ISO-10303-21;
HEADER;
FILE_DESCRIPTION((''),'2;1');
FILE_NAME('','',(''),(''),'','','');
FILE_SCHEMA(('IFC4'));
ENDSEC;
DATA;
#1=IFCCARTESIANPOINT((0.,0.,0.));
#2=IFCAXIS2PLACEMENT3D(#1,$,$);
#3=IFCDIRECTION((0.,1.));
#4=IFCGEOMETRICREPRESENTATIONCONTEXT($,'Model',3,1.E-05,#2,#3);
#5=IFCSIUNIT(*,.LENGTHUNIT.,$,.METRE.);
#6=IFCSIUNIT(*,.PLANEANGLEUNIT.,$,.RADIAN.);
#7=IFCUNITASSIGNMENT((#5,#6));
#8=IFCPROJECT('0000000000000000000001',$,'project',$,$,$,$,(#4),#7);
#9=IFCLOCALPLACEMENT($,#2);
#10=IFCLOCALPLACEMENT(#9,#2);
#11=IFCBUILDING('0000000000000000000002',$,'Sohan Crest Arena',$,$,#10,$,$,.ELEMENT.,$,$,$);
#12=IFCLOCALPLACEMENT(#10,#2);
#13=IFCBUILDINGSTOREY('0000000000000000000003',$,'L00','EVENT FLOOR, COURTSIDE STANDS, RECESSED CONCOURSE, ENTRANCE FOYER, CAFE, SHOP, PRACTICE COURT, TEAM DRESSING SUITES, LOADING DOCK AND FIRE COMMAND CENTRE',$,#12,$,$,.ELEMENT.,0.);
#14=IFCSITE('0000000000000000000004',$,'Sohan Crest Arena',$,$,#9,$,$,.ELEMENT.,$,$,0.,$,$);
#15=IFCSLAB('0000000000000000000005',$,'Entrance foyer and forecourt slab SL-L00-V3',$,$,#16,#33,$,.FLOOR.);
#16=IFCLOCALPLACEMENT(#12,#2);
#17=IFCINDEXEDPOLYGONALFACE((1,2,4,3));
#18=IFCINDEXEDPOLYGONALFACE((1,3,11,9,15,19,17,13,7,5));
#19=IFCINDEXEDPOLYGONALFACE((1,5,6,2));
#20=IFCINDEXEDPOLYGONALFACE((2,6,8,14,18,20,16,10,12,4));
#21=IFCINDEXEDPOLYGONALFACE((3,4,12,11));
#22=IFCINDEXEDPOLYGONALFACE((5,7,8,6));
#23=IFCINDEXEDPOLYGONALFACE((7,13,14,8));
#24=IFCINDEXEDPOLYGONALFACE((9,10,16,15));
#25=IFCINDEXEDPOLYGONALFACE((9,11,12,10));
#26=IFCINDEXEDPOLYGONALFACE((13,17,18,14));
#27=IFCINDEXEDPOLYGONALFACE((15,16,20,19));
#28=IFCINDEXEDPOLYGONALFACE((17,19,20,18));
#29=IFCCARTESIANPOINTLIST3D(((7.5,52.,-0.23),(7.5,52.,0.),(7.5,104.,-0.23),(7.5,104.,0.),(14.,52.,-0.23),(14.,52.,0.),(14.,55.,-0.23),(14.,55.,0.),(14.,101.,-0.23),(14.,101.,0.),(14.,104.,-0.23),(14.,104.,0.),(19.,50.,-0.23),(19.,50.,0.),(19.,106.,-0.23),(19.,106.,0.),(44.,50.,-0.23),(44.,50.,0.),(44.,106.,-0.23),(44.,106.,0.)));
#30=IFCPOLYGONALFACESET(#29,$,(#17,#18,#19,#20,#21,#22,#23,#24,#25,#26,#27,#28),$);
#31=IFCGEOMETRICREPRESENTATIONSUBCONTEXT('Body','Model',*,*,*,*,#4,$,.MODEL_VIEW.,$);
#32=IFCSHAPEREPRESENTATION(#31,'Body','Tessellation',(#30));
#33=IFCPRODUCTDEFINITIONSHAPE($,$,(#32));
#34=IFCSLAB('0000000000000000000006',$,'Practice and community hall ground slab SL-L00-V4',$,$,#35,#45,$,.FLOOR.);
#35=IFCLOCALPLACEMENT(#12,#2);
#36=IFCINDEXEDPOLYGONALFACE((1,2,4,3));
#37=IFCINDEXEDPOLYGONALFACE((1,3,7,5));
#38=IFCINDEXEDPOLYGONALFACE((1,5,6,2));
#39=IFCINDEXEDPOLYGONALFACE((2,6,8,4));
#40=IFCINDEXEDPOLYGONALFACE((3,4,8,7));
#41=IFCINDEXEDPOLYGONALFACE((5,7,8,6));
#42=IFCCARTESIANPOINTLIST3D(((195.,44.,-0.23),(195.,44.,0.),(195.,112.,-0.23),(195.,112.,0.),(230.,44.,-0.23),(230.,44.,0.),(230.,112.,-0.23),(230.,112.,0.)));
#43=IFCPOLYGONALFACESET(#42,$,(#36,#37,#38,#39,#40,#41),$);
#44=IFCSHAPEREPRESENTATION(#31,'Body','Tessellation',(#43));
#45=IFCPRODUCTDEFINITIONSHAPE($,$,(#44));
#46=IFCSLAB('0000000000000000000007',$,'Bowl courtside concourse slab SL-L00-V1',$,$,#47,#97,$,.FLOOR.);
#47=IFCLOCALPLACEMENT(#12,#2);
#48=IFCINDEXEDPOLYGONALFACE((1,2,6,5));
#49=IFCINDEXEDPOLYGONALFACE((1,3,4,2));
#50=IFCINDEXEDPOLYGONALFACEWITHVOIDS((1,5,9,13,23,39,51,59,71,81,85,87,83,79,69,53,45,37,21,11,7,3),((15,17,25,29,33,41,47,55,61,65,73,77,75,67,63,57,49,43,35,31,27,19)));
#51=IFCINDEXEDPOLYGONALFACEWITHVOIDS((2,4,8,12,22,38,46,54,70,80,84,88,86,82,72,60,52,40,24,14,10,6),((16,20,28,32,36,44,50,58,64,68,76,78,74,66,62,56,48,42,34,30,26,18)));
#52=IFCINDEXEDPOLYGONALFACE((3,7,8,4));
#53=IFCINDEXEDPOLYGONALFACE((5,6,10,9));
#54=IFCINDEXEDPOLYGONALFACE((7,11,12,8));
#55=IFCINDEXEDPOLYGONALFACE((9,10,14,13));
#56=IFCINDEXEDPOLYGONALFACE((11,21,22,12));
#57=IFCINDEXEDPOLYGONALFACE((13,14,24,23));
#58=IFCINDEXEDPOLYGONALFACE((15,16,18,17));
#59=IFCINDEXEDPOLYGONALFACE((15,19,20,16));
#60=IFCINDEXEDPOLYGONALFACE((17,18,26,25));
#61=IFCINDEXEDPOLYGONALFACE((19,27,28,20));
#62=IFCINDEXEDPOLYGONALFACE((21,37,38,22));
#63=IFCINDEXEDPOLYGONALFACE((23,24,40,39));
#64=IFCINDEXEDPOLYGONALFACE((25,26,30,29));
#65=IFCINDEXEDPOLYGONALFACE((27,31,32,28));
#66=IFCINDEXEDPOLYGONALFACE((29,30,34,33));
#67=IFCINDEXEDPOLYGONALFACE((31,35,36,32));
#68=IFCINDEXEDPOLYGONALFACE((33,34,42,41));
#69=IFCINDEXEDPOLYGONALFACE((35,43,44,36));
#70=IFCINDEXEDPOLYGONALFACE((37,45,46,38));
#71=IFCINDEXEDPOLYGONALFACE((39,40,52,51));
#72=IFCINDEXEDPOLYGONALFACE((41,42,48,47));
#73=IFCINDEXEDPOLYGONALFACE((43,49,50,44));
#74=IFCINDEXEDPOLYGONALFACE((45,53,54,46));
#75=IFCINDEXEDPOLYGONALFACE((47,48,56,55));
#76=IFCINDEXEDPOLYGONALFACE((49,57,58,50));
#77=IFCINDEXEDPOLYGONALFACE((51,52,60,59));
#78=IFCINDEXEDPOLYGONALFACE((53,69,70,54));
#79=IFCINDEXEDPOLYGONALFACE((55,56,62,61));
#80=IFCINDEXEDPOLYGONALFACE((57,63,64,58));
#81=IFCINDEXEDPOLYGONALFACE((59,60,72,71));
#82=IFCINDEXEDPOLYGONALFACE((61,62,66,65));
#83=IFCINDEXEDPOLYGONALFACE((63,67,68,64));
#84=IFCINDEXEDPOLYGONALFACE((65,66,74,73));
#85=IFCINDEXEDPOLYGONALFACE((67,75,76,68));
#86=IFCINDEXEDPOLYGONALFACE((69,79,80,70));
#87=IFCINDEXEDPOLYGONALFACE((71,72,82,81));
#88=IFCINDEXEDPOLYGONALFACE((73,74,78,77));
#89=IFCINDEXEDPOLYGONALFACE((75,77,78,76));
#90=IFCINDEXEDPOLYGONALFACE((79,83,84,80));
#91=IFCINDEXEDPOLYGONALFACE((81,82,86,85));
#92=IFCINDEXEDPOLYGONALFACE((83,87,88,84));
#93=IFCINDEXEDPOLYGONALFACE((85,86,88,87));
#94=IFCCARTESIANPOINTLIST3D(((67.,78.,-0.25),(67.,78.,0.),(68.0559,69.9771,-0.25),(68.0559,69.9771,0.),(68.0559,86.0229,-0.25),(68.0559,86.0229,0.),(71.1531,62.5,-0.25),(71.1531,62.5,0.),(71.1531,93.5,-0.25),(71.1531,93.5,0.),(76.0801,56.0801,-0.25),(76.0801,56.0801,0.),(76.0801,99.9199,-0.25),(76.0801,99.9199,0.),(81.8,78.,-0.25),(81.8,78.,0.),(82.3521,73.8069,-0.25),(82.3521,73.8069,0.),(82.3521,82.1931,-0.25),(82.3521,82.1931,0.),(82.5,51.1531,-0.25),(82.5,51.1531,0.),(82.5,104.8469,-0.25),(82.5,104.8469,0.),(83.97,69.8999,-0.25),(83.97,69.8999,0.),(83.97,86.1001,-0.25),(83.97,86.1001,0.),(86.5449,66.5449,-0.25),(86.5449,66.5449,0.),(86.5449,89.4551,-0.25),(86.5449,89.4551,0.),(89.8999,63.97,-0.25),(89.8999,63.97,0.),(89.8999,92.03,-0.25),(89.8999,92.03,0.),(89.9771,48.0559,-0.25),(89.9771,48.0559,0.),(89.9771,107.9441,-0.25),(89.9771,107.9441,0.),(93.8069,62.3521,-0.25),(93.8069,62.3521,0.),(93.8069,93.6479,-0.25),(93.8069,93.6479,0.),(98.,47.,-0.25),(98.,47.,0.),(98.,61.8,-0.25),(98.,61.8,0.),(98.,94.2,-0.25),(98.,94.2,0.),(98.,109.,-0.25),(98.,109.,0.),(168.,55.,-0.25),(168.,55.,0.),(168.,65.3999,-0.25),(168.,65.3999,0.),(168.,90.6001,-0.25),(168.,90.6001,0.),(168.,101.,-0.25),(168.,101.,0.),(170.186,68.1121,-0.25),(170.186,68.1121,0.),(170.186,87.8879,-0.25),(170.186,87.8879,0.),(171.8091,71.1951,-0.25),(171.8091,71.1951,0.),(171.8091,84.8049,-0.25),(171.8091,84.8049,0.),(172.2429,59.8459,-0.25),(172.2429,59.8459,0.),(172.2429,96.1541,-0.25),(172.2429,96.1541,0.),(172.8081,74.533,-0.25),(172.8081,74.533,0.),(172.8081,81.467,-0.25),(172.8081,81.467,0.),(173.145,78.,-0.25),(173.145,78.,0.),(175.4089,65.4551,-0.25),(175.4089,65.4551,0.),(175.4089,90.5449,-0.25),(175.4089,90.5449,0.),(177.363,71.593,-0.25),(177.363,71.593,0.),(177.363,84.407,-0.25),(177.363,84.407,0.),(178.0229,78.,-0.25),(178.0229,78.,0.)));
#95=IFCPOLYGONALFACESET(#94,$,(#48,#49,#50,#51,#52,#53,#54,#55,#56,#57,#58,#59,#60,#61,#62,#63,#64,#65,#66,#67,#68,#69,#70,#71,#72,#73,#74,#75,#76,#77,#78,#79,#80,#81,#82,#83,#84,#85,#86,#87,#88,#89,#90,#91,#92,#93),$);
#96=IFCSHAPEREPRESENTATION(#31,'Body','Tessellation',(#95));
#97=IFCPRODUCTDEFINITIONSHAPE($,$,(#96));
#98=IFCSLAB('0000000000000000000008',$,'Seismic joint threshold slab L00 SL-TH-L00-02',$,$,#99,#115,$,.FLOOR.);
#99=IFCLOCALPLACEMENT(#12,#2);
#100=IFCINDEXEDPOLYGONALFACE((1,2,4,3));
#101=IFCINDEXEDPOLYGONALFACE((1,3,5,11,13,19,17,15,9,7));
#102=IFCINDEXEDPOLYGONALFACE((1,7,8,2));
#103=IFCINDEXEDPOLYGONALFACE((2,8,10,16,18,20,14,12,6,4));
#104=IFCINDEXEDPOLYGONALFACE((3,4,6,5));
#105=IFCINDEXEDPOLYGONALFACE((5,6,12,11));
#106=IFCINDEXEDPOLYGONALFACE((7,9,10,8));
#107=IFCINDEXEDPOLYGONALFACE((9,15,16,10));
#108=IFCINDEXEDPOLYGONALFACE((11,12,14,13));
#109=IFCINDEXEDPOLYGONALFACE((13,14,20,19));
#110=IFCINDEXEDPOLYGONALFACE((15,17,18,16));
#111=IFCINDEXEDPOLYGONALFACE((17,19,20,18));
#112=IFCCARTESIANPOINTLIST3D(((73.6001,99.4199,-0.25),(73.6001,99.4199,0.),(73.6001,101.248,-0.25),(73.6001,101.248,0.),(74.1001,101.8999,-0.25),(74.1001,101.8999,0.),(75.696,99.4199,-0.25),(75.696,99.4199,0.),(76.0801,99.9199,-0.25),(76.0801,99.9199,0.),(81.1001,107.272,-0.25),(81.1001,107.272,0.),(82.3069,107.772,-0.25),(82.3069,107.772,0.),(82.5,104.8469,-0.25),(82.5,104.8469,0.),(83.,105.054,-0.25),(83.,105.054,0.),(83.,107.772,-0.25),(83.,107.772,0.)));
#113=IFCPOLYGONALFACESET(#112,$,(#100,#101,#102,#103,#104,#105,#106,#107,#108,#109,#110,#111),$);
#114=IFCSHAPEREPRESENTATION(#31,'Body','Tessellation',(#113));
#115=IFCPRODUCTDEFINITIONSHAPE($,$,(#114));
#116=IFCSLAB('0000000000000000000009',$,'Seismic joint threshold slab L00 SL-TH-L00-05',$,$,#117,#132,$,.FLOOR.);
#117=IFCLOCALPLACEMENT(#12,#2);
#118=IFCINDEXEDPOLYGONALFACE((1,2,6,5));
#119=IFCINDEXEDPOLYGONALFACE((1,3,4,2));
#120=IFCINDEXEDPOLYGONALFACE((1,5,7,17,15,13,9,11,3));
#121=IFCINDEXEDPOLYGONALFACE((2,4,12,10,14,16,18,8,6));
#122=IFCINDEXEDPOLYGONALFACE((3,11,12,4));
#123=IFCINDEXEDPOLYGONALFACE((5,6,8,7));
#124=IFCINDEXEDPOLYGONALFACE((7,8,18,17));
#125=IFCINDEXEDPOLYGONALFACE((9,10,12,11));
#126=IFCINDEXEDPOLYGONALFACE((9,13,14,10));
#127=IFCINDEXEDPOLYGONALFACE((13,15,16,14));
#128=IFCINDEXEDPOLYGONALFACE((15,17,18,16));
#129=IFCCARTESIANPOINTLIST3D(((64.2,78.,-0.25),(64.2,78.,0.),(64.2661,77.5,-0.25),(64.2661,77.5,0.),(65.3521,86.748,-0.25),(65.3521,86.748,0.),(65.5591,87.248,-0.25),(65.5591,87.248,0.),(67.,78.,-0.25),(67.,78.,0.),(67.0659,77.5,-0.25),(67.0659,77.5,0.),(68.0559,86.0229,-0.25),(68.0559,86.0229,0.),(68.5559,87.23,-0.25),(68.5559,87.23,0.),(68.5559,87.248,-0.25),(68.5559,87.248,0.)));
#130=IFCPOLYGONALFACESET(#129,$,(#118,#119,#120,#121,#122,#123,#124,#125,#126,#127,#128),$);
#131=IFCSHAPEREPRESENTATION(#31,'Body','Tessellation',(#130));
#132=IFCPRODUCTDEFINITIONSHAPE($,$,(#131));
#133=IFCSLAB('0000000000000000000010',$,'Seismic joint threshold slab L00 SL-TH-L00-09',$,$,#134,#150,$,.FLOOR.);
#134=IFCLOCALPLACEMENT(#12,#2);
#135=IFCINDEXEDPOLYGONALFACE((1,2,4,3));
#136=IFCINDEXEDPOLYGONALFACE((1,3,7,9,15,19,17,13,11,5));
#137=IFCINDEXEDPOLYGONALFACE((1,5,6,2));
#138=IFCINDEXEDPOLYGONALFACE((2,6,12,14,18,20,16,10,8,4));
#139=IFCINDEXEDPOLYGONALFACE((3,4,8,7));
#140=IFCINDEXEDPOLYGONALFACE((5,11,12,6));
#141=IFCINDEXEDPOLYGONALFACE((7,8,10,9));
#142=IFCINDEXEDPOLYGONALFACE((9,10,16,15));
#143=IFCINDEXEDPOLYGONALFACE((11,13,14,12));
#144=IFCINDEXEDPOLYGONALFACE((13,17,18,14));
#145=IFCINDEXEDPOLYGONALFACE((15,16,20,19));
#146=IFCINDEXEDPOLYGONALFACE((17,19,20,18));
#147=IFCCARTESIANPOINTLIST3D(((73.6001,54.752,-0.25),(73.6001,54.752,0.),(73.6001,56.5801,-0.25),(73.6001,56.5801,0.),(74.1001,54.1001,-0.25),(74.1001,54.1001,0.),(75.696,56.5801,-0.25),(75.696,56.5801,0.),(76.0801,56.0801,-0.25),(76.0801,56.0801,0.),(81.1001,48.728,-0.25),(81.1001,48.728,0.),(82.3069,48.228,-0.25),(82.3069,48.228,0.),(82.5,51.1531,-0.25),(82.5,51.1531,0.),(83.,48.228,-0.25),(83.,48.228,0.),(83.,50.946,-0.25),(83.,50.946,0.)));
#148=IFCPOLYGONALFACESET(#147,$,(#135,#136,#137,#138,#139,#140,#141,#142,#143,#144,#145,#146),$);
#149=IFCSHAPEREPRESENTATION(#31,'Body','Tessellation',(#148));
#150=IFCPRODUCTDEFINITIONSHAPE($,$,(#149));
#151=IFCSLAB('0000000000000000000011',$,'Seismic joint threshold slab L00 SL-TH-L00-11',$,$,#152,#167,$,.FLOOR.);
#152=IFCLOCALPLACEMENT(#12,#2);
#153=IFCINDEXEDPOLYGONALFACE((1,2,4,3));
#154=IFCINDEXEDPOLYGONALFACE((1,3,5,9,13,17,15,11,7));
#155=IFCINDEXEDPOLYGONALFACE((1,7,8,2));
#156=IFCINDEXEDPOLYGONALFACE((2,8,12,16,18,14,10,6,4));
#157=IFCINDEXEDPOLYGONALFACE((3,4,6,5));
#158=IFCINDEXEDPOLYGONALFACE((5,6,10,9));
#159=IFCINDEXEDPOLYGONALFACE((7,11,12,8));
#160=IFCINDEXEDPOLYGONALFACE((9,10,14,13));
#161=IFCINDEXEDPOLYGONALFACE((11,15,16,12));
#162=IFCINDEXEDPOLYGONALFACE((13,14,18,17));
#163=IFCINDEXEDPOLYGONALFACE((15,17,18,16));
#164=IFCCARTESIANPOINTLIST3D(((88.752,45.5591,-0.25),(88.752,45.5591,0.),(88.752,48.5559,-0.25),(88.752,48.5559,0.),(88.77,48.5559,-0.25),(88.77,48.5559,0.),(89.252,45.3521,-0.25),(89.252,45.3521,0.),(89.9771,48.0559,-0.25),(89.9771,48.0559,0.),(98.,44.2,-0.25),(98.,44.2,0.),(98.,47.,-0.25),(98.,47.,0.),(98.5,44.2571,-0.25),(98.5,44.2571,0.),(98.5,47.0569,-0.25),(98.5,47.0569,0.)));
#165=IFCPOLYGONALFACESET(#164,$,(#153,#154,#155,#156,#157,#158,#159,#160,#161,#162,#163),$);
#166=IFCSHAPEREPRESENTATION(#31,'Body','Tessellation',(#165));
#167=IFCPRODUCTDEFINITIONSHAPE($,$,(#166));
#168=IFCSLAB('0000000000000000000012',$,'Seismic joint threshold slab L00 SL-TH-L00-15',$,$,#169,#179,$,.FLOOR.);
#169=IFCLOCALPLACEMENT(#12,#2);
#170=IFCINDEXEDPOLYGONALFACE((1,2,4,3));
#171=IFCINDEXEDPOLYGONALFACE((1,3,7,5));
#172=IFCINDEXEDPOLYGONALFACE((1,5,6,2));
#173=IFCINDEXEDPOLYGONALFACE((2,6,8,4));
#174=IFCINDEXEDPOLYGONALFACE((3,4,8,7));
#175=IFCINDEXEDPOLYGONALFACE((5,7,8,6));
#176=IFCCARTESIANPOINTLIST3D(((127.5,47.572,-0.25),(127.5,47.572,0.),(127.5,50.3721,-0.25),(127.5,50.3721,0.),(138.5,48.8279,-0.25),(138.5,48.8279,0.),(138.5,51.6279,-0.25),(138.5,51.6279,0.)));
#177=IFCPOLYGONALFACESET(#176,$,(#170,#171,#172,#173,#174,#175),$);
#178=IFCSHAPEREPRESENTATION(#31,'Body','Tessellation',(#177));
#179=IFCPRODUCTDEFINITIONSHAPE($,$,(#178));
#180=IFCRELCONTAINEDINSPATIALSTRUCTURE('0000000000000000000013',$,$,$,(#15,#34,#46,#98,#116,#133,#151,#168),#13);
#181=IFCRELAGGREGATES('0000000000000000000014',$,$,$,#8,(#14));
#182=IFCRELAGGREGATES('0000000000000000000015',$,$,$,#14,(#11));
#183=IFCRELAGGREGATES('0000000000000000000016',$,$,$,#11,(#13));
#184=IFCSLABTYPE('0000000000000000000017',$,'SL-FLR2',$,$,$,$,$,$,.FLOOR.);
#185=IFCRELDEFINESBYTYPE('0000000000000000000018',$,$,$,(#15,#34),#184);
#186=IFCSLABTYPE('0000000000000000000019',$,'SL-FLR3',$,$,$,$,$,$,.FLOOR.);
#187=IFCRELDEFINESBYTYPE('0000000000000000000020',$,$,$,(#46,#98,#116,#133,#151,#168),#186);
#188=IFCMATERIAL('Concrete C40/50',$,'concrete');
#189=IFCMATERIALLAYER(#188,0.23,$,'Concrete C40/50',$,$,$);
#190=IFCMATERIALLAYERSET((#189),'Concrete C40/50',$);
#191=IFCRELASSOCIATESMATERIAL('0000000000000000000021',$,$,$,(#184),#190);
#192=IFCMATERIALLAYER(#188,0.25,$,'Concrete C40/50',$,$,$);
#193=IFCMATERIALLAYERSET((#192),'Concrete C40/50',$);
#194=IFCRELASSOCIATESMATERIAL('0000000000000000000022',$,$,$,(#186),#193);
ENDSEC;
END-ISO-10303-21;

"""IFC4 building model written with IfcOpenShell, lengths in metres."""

from ifc_helpers import new_model, si_unit, direction, frame, origin, place, context, subcontext, project, spatial, polyline, outline, extrude, material, layer, layer_set, type_object, element, save


model = new_model("IFC4")

# Units and contexts
model_context = context("Model", 3, precision=1e-05, world=origin(), true_north=direction((0.0, 1.0)))
body_context = subcontext(model_context, "Body", "Model", "MODEL_VIEW")
ifc_project = project(units=[si_unit("LENGTHUNIT", "METRE"), si_unit("PLANEANGLEUNIT", "RADIAN")], contexts=[model_context])

# Site, building, storey
site_placement = place(None, origin())
site = spatial("IfcSite", under=ifc_project, at=site_placement, Name="Sohan Crest Arena", CompositionType="ELEMENT", RefElevation=0.0)
building_placement = place(site_placement, origin())
building = spatial("IfcBuilding", under=site, at=building_placement, Name="Sohan Crest Arena", CompositionType="ELEMENT")
storey_placement = place(building_placement, origin())
storey = spatial("IfcBuildingStorey", under=building, at=storey_placement, Name="L00", Description="EVENT FLOOR, COURTSIDE STANDS, RECESSED CONCOURSE, ENTRANCE FOYER, CAFE, SHOP, PRACTICE COURT, TEAM DRESSING SUITES, LOADING DOCK AND FIRE COMMAND CENTRE", CompositionType="ELEMENT", Elevation=0.0)

# Slabs
ifc_material = material(Name="Concrete C40/50", Category="concrete")
ifc_layer_1 = layer(ifc_material, 0.23, Name="Concrete C40/50")
ifc_layer_set_1 = layer_set([ifc_layer_1], Name="Concrete C40/50")
slab_type_1 = type_object("IfcSlabType", Name="SL-FLR2", PredefinedType="FLOOR", material=ifc_layer_set_1)
slab_1_placement = place(storey_placement, frame((0.0, 0.0, -0.23)))
element("IfcSlab", 1, at=slab_1_placement, inside=storey, type_object=slab_type_1, Name="Entrance foyer and forecourt slab SL-L00-V3", PredefinedType="FLOOR", context=body_context, shape_type="SweptSolid", body=[
    extrude(outline(polyline([(19.0, 106.0), (44.0, 106.0), (44.0, 50.0), (19.0, 50.0), (14.0, 55.0), (14.0, 52.0), (7.5, 52.0), (7.5, 104.0), (14.0, 104.0), (14.0, 101.0), (19.0, 106.0)])), origin(), (0.0, 0.0, 1.0), 0.23),
])
slab_2_placement = place(storey_placement, frame((0.0, 0.0, -0.23)))
element("IfcSlab", 2, at=slab_2_placement, inside=storey, type_object=slab_type_1, Name="Practice and community hall ground slab SL-L00-V4", PredefinedType="FLOOR", context=body_context, shape_type="SweptSolid", body=[
    extrude(outline(polyline([(195.0, 44.0), (195.0, 112.0), (230.0, 112.0), (230.0, 44.0), (195.0, 44.0)])), origin(), (0.0, 0.0, 1.0), 0.23),
])
ifc_layer_2 = layer(ifc_material, 0.25, Name="Concrete C40/50")
ifc_layer_set_2 = layer_set([ifc_layer_2], Name="Concrete C40/50")
slab_type_2 = type_object("IfcSlabType", Name="SL-FLR3", PredefinedType="FLOOR", material=ifc_layer_set_2)
slab_3_placement = place(storey_placement, frame((0.0, 0.0, -0.25)))
element("IfcSlab", 3, at=slab_3_placement, inside=storey, type_object=slab_type_2, Name="Bowl courtside concourse slab SL-L00-V1", PredefinedType="FLOOR", context=body_context, shape_type="SweptSolid", body=[
    extrude(outline(polyline([(98.0, 109.0), (89.9771, 107.9441), (82.5, 104.8469), (76.0801, 99.9199), (71.1531, 93.5), (68.0559, 86.0229), (67.0, 78.0), (68.0559, 69.9771), (71.1531, 62.5), (76.0801, 56.0801), (82.5, 51.1531), (89.9771, 48.0559), (98.0, 47.0), (168.0, 55.0), (172.2429, 59.8459), (175.4089, 65.4551), (177.363, 71.593), (178.0229, 78.0), (177.363, 84.407), (175.4089, 90.5449), (172.2429, 96.1541), (168.0, 101.0), (98.0, 109.0)]), holes=[polyline([(98.0, 94.2), (93.8069, 93.6479), (89.8999, 92.03), (86.5449, 89.4551), (83.97, 86.1001), (82.3521, 82.1931), (81.8, 78.0), (82.3521, 73.8069), (83.97, 69.8999), (86.5449, 66.5449), (89.8999, 63.97), (93.8069, 62.3521), (98.0, 61.8), (168.0, 65.3999), (170.186, 68.1121), (171.8091, 71.1951), (172.8081, 74.533), (173.145, 78.0), (172.8081, 81.467), (171.8091, 84.8049), (170.186, 87.8879), (168.0, 90.6001), (98.0, 94.2)])]), origin(), (0.0, 0.0, 1.0), 0.25),
])
slab_4_placement = place(storey_placement, frame((0.0, 0.0, -0.25)))
element("IfcSlab", 4, at=slab_4_placement, inside=storey, type_object=slab_type_2, Name="Seismic joint threshold slab L00 SL-TH-L00-02", PredefinedType="FLOOR", context=body_context, shape_type="SweptSolid", body=[
    extrude(outline(polyline([(74.1001, 101.8999), (81.1001, 107.272), (82.3069, 107.772), (83.0, 107.772), (83.0, 105.054), (82.5, 104.8469), (76.0801, 99.9199), (75.696, 99.4199), (73.6001, 99.4199), (73.6001, 101.248), (74.1001, 101.8999)])), origin(), (0.0, 0.0, 1.0), 0.25),
])
slab_5_placement = place(storey_placement, frame((0.0, 0.0, -0.25)))
element("IfcSlab", 5, at=slab_5_placement, inside=storey, type_object=slab_type_2, Name="Seismic joint threshold slab L00 SL-TH-L00-05", PredefinedType="FLOOR", context=body_context, shape_type="SweptSolid", body=[
    extrude(outline(polyline([(64.2, 78.0), (65.3521, 86.748), (65.5591, 87.248), (68.5559, 87.248), (68.5559, 87.23), (68.0559, 86.0229), (67.0, 78.0), (67.0659, 77.5), (64.2661, 77.5), (64.2, 78.0)])), origin(), (0.0, 0.0, 1.0), 0.25),
])
slab_6_placement = place(storey_placement, frame((0.0, 0.0, -0.25)))
element("IfcSlab", 6, at=slab_6_placement, inside=storey, type_object=slab_type_2, Name="Seismic joint threshold slab L00 SL-TH-L00-09", PredefinedType="FLOOR", context=body_context, shape_type="SweptSolid", body=[
    extrude(outline(polyline([(81.1001, 48.728), (74.1001, 54.1001), (73.6001, 54.752), (73.6001, 56.5801), (75.696, 56.5801), (76.0801, 56.0801), (82.5, 51.1531), (83.0, 50.946), (83.0, 48.228), (82.3069, 48.228), (81.1001, 48.728)])), origin(), (0.0, 0.0, 1.0), 0.25),
])
slab_7_placement = place(storey_placement, frame((0.0, 0.0, -0.25)))
element("IfcSlab", 7, at=slab_7_placement, inside=storey, type_object=slab_type_2, Name="Seismic joint threshold slab L00 SL-TH-L00-11", PredefinedType="FLOOR", context=body_context, shape_type="SweptSolid", body=[
    extrude(outline(polyline([(98.0, 44.2), (89.252, 45.3521), (88.752, 45.5591), (88.752, 48.5559), (88.77, 48.5559), (89.9771, 48.0559), (98.0, 47.0), (98.5, 47.0569), (98.5, 44.2571), (98.0, 44.2)])), origin(), (0.0, 0.0, 1.0), 0.25),
])
slab_8_placement = place(storey_placement, frame((0.0, 0.0, -0.25)))
element("IfcSlab", 8, at=slab_8_placement, inside=storey, type_object=slab_type_2, Name="Seismic joint threshold slab L00 SL-TH-L00-15", PredefinedType="FLOOR", context=body_context, shape_type="SweptSolid", body=[
    extrude(outline(polyline([(138.5, 48.8279), (127.5, 47.572), (127.5, 50.3721), (138.5, 51.6279), (138.5, 48.8279)])), origin(), (0.0, 0.0, 1.0), 0.25),
])

save(model, "model.ifc")
